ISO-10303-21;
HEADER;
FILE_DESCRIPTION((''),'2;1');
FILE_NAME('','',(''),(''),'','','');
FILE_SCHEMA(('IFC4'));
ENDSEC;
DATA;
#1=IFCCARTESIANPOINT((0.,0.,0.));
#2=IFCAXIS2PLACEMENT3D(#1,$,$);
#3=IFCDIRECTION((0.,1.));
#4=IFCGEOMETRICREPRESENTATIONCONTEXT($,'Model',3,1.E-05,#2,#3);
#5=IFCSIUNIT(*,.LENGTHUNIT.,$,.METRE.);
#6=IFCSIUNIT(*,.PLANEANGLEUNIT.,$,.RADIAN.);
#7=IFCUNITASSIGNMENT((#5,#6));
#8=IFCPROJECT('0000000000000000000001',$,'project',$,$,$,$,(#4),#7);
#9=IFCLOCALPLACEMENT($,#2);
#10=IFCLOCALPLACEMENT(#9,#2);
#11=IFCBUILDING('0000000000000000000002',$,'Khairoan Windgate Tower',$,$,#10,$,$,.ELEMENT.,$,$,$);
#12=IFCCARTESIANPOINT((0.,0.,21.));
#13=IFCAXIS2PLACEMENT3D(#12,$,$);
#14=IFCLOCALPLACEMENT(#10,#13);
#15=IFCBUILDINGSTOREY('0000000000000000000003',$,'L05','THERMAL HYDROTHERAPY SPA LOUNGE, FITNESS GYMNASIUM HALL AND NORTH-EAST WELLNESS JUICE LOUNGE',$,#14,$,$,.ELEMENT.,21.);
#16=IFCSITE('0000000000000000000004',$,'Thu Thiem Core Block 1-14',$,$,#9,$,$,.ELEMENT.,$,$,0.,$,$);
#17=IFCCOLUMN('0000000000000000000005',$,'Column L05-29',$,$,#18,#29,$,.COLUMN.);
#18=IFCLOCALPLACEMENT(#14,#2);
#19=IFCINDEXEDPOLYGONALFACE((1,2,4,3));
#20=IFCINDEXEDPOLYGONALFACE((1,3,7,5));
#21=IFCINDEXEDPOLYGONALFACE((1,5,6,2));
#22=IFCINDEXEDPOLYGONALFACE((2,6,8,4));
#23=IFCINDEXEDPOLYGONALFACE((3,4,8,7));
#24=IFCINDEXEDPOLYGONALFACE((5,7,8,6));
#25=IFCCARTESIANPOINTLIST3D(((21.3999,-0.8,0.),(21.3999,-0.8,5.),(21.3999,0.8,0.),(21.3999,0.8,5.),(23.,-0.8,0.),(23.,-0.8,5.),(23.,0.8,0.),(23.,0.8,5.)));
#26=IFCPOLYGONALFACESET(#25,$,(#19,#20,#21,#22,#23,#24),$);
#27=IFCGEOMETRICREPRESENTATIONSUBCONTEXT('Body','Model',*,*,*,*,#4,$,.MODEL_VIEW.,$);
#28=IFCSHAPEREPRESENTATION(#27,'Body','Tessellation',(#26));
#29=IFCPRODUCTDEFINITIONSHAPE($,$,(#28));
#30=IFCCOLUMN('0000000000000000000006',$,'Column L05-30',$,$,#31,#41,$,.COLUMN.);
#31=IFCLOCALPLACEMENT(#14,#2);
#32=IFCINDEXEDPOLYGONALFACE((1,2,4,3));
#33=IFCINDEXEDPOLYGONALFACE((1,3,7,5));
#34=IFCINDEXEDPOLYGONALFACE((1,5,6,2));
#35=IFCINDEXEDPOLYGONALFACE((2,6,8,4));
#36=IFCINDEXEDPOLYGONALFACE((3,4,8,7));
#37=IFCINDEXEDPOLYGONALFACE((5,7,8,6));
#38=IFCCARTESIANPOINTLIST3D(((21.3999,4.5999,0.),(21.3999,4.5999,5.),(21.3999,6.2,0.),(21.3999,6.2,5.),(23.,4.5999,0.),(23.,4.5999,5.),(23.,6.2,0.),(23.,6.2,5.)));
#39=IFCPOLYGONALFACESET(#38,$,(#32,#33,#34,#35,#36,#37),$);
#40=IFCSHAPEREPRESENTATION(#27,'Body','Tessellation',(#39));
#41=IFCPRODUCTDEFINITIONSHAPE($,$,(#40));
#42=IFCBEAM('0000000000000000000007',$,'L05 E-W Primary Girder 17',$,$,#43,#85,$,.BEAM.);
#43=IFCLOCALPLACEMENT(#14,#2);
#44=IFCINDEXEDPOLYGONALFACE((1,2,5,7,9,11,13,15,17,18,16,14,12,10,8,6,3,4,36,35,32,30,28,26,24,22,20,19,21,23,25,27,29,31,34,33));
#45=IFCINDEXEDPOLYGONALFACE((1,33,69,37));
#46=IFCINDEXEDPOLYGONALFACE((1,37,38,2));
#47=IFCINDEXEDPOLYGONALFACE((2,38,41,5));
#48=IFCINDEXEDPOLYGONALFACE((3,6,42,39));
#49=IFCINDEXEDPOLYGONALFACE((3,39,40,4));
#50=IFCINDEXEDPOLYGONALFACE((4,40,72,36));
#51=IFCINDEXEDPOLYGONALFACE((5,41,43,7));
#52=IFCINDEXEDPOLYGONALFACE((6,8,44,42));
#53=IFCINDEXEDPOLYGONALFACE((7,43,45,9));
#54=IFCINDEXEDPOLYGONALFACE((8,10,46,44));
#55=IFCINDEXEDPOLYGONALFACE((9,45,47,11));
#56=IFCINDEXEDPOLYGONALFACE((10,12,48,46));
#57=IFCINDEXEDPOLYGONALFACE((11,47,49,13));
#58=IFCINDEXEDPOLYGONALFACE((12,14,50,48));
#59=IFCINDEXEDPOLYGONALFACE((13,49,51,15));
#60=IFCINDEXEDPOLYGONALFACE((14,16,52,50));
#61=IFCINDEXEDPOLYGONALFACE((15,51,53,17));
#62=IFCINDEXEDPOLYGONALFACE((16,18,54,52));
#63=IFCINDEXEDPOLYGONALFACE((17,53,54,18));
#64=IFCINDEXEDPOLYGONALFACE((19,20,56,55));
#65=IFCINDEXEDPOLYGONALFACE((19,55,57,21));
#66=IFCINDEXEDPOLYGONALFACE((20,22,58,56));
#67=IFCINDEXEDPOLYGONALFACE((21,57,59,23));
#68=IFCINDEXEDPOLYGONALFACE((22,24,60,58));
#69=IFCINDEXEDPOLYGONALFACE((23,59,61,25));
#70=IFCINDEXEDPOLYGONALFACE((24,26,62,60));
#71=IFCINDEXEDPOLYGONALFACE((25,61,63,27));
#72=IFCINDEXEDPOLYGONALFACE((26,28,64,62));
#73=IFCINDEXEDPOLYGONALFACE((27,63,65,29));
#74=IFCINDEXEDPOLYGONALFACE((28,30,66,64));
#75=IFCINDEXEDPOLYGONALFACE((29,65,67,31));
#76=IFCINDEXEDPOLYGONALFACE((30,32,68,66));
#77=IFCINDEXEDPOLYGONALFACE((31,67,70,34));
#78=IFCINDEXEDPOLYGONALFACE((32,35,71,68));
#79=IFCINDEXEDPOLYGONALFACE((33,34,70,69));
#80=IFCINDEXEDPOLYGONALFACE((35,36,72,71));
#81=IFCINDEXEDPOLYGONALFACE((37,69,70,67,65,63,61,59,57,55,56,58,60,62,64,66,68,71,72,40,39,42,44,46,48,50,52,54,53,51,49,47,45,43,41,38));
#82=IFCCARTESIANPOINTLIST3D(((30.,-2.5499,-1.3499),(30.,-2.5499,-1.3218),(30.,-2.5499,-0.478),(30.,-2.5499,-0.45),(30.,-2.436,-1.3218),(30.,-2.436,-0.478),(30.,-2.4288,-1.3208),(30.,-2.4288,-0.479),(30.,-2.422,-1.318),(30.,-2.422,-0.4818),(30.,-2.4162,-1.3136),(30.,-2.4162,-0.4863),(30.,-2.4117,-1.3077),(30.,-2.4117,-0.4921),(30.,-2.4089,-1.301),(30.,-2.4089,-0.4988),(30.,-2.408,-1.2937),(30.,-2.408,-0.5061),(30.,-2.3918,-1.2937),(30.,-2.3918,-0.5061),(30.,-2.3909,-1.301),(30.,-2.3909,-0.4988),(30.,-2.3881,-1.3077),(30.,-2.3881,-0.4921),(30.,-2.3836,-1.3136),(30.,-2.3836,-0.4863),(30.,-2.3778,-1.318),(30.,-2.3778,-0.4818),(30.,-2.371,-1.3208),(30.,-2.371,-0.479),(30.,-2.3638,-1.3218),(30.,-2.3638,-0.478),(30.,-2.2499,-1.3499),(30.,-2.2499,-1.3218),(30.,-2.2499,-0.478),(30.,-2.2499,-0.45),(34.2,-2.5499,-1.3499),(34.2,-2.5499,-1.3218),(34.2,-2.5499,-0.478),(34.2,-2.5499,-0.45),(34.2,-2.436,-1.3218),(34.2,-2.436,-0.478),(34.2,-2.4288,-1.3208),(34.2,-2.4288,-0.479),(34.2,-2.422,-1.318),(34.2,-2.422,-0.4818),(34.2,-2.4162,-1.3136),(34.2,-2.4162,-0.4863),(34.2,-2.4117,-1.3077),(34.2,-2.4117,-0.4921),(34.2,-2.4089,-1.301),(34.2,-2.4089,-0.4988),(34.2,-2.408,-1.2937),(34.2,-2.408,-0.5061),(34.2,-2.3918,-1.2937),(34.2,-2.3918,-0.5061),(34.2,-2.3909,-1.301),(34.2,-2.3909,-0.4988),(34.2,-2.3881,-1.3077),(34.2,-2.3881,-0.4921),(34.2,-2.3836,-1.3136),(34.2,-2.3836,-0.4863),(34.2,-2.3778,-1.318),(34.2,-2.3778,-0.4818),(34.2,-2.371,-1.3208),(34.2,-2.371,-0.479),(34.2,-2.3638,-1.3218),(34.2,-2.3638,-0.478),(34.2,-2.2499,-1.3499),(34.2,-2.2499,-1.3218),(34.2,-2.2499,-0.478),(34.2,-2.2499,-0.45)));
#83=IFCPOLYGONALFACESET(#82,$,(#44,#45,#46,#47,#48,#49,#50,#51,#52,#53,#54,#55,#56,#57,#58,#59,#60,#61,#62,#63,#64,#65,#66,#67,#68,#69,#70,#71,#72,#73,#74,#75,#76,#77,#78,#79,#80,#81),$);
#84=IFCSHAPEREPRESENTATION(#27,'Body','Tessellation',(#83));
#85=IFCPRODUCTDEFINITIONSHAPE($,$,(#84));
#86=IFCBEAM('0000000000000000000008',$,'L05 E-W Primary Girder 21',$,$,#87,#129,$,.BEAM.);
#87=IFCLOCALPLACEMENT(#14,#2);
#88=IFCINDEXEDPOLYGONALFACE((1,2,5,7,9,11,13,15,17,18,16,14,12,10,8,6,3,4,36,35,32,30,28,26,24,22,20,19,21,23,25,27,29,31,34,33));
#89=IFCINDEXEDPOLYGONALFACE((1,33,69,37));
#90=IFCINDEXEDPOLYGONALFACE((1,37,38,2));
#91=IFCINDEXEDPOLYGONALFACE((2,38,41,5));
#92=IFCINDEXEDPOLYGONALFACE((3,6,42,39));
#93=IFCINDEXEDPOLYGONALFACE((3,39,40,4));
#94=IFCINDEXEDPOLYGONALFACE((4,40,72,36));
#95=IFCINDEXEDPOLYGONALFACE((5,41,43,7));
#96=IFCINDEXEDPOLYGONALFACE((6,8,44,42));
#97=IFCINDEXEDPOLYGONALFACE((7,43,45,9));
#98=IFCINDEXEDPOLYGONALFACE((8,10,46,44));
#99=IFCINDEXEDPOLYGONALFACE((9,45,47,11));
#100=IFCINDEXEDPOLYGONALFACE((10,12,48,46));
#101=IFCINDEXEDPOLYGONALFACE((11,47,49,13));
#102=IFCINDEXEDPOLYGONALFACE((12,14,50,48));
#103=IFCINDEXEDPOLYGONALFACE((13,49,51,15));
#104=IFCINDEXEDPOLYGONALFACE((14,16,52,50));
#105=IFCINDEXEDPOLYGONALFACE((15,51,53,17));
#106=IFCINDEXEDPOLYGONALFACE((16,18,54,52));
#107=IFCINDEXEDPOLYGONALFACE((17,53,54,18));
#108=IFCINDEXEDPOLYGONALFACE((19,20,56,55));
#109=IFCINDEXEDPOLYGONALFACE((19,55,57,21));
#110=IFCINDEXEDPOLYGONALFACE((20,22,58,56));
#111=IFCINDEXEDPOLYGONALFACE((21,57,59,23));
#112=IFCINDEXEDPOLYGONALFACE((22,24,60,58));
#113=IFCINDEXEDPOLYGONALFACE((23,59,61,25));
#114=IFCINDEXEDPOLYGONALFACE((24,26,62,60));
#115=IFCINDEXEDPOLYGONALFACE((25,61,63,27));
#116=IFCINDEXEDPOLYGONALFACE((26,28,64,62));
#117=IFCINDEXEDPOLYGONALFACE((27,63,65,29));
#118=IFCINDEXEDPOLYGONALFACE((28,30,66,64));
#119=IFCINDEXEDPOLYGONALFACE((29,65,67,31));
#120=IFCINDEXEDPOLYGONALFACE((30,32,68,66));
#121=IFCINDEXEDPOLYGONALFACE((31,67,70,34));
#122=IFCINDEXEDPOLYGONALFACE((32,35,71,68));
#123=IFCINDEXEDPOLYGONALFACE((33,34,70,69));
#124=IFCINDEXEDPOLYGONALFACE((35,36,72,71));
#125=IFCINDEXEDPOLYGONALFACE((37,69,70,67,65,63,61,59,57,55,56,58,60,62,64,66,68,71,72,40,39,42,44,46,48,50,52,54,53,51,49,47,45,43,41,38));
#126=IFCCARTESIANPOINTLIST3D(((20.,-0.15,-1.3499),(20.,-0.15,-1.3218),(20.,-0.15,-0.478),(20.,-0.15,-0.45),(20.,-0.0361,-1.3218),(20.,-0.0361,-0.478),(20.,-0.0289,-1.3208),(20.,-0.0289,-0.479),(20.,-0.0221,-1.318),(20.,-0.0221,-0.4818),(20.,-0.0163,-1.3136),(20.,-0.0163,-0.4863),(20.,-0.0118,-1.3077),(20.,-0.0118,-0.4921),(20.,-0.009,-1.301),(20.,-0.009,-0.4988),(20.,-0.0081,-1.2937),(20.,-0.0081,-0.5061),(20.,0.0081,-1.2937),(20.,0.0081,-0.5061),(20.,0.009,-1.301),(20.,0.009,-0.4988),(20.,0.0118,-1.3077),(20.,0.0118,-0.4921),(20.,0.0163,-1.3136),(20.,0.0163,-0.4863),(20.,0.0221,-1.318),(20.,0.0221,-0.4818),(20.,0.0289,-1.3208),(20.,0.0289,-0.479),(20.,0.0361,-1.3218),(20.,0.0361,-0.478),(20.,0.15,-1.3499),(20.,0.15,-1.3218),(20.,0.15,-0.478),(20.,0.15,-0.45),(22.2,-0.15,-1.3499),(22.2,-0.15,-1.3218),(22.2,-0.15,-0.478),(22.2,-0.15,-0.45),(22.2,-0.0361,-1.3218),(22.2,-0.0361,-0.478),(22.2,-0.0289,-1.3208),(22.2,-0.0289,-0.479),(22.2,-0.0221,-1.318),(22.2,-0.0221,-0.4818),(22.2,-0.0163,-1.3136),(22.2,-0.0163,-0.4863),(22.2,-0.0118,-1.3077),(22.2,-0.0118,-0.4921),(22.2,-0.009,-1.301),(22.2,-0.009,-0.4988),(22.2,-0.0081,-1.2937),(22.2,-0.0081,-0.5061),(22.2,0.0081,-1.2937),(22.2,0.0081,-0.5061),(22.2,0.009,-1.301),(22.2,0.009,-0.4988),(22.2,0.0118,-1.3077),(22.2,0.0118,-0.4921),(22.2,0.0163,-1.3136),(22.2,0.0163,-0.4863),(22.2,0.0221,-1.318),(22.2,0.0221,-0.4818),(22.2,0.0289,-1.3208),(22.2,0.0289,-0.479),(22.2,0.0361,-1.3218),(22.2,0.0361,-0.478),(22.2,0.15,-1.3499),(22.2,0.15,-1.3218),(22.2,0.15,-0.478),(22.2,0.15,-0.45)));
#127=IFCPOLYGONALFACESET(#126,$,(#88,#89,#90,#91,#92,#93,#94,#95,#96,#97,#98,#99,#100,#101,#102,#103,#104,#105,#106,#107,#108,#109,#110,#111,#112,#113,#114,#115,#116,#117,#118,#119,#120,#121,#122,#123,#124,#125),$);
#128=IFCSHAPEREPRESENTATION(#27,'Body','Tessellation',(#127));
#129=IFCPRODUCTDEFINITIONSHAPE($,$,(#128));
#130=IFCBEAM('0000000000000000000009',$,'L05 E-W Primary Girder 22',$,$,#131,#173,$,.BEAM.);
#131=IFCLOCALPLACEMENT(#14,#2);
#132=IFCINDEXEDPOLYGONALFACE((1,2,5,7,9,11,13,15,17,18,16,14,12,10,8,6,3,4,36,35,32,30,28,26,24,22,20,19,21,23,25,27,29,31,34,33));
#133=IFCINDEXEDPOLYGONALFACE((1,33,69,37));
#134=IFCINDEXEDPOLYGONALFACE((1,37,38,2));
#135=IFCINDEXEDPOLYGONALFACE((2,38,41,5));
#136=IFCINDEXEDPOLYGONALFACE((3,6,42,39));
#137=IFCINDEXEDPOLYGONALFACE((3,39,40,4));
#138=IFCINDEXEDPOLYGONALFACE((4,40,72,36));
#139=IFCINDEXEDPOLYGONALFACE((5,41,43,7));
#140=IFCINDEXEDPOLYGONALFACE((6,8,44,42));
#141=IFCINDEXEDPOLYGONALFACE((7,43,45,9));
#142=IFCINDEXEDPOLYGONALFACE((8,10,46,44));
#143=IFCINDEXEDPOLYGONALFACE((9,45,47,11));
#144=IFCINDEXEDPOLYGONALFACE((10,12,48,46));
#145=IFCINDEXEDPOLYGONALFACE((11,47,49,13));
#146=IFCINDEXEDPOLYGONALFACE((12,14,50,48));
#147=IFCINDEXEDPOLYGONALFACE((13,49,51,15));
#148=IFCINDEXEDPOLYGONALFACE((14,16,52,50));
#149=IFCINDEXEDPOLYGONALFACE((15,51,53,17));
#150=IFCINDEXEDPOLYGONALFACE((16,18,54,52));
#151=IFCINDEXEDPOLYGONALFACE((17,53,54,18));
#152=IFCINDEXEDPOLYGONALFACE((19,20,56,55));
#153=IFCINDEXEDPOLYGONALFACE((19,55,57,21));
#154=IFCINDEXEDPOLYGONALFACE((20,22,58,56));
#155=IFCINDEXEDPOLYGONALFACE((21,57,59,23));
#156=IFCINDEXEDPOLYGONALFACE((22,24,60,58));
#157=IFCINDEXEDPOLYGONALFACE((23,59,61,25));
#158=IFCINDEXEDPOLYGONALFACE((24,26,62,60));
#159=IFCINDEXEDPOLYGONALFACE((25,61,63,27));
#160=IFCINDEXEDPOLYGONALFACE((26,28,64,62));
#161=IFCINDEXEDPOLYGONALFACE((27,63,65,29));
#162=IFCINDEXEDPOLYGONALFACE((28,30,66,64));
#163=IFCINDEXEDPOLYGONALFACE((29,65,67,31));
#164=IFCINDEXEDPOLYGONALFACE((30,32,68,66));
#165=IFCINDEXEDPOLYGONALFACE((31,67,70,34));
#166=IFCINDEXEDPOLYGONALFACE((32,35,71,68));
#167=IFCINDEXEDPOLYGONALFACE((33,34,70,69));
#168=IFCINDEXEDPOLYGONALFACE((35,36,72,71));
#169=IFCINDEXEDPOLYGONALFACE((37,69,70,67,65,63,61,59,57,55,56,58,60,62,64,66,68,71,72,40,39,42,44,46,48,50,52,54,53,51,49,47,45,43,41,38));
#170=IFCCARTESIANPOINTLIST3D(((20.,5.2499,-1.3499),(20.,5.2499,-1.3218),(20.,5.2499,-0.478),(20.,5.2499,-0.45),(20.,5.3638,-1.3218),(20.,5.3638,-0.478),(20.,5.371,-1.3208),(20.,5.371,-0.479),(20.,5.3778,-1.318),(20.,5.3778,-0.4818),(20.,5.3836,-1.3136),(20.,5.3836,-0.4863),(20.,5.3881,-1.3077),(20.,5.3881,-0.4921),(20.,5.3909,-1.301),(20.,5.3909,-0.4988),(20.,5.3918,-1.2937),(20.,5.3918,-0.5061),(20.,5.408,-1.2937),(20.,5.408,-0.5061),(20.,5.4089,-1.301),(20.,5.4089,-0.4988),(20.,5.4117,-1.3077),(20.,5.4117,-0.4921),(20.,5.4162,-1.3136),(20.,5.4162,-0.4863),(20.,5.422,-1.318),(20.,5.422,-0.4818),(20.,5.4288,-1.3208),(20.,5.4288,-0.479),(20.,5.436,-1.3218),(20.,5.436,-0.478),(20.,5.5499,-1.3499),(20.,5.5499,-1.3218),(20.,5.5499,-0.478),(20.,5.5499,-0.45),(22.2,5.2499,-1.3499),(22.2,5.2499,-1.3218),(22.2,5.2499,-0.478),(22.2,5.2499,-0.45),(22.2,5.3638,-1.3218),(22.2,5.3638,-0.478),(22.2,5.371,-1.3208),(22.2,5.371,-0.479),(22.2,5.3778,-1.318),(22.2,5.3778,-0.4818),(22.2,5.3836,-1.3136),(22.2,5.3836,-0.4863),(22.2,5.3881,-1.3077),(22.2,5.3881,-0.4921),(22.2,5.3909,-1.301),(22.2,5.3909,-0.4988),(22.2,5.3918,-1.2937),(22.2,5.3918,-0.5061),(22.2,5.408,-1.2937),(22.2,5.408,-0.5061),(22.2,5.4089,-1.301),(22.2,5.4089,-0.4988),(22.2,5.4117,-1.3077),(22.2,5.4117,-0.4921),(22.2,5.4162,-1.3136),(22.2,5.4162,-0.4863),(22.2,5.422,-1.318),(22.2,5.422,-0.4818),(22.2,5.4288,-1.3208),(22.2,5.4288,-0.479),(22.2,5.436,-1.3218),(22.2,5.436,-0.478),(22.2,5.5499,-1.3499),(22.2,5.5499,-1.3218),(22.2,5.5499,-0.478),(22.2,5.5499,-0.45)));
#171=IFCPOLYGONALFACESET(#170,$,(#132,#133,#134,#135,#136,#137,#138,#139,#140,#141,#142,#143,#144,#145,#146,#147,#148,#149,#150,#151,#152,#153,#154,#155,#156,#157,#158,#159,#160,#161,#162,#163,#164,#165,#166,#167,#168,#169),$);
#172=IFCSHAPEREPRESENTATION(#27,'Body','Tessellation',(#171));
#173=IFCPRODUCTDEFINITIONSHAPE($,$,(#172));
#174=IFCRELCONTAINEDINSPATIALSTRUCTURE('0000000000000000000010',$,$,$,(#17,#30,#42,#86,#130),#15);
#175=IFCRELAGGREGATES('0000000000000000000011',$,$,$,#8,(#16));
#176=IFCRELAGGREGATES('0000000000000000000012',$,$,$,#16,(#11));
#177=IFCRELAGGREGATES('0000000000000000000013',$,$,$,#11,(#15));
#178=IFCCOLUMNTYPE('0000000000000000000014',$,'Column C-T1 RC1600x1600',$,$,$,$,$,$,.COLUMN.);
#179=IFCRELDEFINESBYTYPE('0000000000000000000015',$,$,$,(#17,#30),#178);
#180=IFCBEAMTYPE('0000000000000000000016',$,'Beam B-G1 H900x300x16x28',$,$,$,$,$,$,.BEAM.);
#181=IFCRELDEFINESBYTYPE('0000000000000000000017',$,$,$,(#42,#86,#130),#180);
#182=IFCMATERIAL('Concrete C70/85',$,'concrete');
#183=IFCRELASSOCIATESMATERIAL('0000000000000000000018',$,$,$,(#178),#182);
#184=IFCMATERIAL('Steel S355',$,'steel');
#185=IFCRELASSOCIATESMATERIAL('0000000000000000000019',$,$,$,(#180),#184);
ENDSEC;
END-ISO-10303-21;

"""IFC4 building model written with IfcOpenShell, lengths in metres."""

from ifc_helpers import new_model, si_unit, direction, frame, origin, origin_2d, place, context, subcontext, project, spatial, rectangle, i_section, extrude, material, material_profile, profile_set, type_object, element, save


model = new_model("IFC4")

# Units and contexts
model_context = context("Model", 3, precision=1e-05, world=origin(), true_north=direction((0.0, 1.0)))
body_context = subcontext(model_context, "Body", "Model", "MODEL_VIEW")
ifc_project = project(units=[si_unit("LENGTHUNIT", "METRE"), si_unit("PLANEANGLEUNIT", "RADIAN")], contexts=[model_context])

# Site, building, storey
site_placement = place(None, origin())
site = spatial("IfcSite", under=ifc_project, at=site_placement, Name="Thu Thiem Core Block 1-14", CompositionType="ELEMENT", RefElevation=0.0)
building_placement = place(site_placement, origin())
building = spatial("IfcBuilding", under=site, at=building_placement, Name="Khairoan Windgate Tower", CompositionType="ELEMENT")
storey_placement = place(building_placement, frame((0.0, 0.0, 21.0)))
storey = spatial("IfcBuildingStorey", under=building, at=storey_placement, Name="L05", Description="THERMAL HYDROTHERAPY SPA LOUNGE, FITNESS GYMNASIUM HALL AND NORTH-EAST WELLNESS JUICE LOUNGE", CompositionType="ELEMENT", Elevation=21.0)

# Columns
ifc_material_1 = material(Name="Concrete C70/85", Category="concrete")
ifc_material_profile_1 = material_profile(ifc_material_1, rectangle(XDim=1.6001, YDim=1.6001, at=origin_2d()))
ifc_profile_set_1 = profile_set([ifc_material_profile_1], Name="Concrete C70/85")
column_type = type_object("IfcColumnType", Name="Column C-T1 RC1600x1600", PredefinedType="COLUMN", material=ifc_profile_set_1)
for number, where, z_axis, x_axis, name in (
    (1, (22.2, 0.0, 0.0), (0.0, 0.0, 1.0), (1.0, 0.0, 0.0), "Column L05-29"),
    (2, (22.2, 5.3999, 0.0), (0.0, 0.0, 1.0), (1.0, 0.0, 0.0), "Column L05-30"),
):
    element("IfcColumn", number, at=place(storey_placement, frame(where, z_axis=z_axis, x_axis=x_axis)), inside=storey, type_object=column_type, Name=name, PredefinedType="COLUMN", context=body_context, shape_type="SweptSolid", body=[
        extrude(rectangle(XDim=1.6001, YDim=1.6001, at=origin_2d()), origin(), (0.0, 0.0, 1.0), 5.0),
    ])

# Beams
ifc_material_2 = material(Name="Steel S355", Category="steel")
ifc_material_profile_2 = material_profile(ifc_material_2, i_section(OverallWidth=0.3, OverallDepth=0.8999, WebThickness=0.0161, FlangeThickness=0.0281, FilletRadius=0.0281, at=origin_2d()))
ifc_profile_set_2 = profile_set([ifc_material_profile_2], Name="Steel S355")
beam_type_1 = type_object("IfcBeamType", Name="Beam B-G1 H900x300x16x28", PredefinedType="BEAM", material=ifc_profile_set_2)
beam_1_placement = place(storey_placement, frame((30.0, -2.3999, -0.8999), z_axis=(1.0, 0.0, 0.0), x_axis=(0.0, 1.0, 0.0)))
element("IfcBeam", 3, at=beam_1_placement, inside=storey, type_object=beam_type_1, Name="L05 E-W Primary Girder 17", PredefinedType="BEAM", context=body_context, shape_type="SweptSolid", body=[
    extrude(i_section(OverallWidth=0.3, OverallDepth=0.8999, WebThickness=0.0161, FlangeThickness=0.0281, FilletRadius=0.0281, at=origin_2d()), origin(), (0.0, 0.0, 1.0), 4.2),
])
for number, where, z_axis, x_axis, name in (
    (4, (20.0, 0.0, -0.8999), (1.0, 0.0, 0.0), (0.0, 1.0, 0.0), "L05 E-W Primary Girder 21"),
    (5, (20.0, 5.3999, -0.8999), (1.0, 0.0, 0.0), (0.0, 1.0, 0.0), "L05 E-W Primary Girder 22"),
):
    element("IfcBeam", number, at=place(storey_placement, frame(where, z_axis=z_axis, x_axis=x_axis)), inside=storey, type_object=beam_type_1, Name=name, PredefinedType="BEAM", context=body_context, shape_type="SweptSolid", body=[
        extrude(i_section(OverallWidth=0.3, OverallDepth=0.8999, WebThickness=0.0161, FlangeThickness=0.0281, FilletRadius=0.0281, at=origin_2d()), origin(), (0.0, 0.0, 1.0), 2.2),
    ])

save(model, "model.ifc")
